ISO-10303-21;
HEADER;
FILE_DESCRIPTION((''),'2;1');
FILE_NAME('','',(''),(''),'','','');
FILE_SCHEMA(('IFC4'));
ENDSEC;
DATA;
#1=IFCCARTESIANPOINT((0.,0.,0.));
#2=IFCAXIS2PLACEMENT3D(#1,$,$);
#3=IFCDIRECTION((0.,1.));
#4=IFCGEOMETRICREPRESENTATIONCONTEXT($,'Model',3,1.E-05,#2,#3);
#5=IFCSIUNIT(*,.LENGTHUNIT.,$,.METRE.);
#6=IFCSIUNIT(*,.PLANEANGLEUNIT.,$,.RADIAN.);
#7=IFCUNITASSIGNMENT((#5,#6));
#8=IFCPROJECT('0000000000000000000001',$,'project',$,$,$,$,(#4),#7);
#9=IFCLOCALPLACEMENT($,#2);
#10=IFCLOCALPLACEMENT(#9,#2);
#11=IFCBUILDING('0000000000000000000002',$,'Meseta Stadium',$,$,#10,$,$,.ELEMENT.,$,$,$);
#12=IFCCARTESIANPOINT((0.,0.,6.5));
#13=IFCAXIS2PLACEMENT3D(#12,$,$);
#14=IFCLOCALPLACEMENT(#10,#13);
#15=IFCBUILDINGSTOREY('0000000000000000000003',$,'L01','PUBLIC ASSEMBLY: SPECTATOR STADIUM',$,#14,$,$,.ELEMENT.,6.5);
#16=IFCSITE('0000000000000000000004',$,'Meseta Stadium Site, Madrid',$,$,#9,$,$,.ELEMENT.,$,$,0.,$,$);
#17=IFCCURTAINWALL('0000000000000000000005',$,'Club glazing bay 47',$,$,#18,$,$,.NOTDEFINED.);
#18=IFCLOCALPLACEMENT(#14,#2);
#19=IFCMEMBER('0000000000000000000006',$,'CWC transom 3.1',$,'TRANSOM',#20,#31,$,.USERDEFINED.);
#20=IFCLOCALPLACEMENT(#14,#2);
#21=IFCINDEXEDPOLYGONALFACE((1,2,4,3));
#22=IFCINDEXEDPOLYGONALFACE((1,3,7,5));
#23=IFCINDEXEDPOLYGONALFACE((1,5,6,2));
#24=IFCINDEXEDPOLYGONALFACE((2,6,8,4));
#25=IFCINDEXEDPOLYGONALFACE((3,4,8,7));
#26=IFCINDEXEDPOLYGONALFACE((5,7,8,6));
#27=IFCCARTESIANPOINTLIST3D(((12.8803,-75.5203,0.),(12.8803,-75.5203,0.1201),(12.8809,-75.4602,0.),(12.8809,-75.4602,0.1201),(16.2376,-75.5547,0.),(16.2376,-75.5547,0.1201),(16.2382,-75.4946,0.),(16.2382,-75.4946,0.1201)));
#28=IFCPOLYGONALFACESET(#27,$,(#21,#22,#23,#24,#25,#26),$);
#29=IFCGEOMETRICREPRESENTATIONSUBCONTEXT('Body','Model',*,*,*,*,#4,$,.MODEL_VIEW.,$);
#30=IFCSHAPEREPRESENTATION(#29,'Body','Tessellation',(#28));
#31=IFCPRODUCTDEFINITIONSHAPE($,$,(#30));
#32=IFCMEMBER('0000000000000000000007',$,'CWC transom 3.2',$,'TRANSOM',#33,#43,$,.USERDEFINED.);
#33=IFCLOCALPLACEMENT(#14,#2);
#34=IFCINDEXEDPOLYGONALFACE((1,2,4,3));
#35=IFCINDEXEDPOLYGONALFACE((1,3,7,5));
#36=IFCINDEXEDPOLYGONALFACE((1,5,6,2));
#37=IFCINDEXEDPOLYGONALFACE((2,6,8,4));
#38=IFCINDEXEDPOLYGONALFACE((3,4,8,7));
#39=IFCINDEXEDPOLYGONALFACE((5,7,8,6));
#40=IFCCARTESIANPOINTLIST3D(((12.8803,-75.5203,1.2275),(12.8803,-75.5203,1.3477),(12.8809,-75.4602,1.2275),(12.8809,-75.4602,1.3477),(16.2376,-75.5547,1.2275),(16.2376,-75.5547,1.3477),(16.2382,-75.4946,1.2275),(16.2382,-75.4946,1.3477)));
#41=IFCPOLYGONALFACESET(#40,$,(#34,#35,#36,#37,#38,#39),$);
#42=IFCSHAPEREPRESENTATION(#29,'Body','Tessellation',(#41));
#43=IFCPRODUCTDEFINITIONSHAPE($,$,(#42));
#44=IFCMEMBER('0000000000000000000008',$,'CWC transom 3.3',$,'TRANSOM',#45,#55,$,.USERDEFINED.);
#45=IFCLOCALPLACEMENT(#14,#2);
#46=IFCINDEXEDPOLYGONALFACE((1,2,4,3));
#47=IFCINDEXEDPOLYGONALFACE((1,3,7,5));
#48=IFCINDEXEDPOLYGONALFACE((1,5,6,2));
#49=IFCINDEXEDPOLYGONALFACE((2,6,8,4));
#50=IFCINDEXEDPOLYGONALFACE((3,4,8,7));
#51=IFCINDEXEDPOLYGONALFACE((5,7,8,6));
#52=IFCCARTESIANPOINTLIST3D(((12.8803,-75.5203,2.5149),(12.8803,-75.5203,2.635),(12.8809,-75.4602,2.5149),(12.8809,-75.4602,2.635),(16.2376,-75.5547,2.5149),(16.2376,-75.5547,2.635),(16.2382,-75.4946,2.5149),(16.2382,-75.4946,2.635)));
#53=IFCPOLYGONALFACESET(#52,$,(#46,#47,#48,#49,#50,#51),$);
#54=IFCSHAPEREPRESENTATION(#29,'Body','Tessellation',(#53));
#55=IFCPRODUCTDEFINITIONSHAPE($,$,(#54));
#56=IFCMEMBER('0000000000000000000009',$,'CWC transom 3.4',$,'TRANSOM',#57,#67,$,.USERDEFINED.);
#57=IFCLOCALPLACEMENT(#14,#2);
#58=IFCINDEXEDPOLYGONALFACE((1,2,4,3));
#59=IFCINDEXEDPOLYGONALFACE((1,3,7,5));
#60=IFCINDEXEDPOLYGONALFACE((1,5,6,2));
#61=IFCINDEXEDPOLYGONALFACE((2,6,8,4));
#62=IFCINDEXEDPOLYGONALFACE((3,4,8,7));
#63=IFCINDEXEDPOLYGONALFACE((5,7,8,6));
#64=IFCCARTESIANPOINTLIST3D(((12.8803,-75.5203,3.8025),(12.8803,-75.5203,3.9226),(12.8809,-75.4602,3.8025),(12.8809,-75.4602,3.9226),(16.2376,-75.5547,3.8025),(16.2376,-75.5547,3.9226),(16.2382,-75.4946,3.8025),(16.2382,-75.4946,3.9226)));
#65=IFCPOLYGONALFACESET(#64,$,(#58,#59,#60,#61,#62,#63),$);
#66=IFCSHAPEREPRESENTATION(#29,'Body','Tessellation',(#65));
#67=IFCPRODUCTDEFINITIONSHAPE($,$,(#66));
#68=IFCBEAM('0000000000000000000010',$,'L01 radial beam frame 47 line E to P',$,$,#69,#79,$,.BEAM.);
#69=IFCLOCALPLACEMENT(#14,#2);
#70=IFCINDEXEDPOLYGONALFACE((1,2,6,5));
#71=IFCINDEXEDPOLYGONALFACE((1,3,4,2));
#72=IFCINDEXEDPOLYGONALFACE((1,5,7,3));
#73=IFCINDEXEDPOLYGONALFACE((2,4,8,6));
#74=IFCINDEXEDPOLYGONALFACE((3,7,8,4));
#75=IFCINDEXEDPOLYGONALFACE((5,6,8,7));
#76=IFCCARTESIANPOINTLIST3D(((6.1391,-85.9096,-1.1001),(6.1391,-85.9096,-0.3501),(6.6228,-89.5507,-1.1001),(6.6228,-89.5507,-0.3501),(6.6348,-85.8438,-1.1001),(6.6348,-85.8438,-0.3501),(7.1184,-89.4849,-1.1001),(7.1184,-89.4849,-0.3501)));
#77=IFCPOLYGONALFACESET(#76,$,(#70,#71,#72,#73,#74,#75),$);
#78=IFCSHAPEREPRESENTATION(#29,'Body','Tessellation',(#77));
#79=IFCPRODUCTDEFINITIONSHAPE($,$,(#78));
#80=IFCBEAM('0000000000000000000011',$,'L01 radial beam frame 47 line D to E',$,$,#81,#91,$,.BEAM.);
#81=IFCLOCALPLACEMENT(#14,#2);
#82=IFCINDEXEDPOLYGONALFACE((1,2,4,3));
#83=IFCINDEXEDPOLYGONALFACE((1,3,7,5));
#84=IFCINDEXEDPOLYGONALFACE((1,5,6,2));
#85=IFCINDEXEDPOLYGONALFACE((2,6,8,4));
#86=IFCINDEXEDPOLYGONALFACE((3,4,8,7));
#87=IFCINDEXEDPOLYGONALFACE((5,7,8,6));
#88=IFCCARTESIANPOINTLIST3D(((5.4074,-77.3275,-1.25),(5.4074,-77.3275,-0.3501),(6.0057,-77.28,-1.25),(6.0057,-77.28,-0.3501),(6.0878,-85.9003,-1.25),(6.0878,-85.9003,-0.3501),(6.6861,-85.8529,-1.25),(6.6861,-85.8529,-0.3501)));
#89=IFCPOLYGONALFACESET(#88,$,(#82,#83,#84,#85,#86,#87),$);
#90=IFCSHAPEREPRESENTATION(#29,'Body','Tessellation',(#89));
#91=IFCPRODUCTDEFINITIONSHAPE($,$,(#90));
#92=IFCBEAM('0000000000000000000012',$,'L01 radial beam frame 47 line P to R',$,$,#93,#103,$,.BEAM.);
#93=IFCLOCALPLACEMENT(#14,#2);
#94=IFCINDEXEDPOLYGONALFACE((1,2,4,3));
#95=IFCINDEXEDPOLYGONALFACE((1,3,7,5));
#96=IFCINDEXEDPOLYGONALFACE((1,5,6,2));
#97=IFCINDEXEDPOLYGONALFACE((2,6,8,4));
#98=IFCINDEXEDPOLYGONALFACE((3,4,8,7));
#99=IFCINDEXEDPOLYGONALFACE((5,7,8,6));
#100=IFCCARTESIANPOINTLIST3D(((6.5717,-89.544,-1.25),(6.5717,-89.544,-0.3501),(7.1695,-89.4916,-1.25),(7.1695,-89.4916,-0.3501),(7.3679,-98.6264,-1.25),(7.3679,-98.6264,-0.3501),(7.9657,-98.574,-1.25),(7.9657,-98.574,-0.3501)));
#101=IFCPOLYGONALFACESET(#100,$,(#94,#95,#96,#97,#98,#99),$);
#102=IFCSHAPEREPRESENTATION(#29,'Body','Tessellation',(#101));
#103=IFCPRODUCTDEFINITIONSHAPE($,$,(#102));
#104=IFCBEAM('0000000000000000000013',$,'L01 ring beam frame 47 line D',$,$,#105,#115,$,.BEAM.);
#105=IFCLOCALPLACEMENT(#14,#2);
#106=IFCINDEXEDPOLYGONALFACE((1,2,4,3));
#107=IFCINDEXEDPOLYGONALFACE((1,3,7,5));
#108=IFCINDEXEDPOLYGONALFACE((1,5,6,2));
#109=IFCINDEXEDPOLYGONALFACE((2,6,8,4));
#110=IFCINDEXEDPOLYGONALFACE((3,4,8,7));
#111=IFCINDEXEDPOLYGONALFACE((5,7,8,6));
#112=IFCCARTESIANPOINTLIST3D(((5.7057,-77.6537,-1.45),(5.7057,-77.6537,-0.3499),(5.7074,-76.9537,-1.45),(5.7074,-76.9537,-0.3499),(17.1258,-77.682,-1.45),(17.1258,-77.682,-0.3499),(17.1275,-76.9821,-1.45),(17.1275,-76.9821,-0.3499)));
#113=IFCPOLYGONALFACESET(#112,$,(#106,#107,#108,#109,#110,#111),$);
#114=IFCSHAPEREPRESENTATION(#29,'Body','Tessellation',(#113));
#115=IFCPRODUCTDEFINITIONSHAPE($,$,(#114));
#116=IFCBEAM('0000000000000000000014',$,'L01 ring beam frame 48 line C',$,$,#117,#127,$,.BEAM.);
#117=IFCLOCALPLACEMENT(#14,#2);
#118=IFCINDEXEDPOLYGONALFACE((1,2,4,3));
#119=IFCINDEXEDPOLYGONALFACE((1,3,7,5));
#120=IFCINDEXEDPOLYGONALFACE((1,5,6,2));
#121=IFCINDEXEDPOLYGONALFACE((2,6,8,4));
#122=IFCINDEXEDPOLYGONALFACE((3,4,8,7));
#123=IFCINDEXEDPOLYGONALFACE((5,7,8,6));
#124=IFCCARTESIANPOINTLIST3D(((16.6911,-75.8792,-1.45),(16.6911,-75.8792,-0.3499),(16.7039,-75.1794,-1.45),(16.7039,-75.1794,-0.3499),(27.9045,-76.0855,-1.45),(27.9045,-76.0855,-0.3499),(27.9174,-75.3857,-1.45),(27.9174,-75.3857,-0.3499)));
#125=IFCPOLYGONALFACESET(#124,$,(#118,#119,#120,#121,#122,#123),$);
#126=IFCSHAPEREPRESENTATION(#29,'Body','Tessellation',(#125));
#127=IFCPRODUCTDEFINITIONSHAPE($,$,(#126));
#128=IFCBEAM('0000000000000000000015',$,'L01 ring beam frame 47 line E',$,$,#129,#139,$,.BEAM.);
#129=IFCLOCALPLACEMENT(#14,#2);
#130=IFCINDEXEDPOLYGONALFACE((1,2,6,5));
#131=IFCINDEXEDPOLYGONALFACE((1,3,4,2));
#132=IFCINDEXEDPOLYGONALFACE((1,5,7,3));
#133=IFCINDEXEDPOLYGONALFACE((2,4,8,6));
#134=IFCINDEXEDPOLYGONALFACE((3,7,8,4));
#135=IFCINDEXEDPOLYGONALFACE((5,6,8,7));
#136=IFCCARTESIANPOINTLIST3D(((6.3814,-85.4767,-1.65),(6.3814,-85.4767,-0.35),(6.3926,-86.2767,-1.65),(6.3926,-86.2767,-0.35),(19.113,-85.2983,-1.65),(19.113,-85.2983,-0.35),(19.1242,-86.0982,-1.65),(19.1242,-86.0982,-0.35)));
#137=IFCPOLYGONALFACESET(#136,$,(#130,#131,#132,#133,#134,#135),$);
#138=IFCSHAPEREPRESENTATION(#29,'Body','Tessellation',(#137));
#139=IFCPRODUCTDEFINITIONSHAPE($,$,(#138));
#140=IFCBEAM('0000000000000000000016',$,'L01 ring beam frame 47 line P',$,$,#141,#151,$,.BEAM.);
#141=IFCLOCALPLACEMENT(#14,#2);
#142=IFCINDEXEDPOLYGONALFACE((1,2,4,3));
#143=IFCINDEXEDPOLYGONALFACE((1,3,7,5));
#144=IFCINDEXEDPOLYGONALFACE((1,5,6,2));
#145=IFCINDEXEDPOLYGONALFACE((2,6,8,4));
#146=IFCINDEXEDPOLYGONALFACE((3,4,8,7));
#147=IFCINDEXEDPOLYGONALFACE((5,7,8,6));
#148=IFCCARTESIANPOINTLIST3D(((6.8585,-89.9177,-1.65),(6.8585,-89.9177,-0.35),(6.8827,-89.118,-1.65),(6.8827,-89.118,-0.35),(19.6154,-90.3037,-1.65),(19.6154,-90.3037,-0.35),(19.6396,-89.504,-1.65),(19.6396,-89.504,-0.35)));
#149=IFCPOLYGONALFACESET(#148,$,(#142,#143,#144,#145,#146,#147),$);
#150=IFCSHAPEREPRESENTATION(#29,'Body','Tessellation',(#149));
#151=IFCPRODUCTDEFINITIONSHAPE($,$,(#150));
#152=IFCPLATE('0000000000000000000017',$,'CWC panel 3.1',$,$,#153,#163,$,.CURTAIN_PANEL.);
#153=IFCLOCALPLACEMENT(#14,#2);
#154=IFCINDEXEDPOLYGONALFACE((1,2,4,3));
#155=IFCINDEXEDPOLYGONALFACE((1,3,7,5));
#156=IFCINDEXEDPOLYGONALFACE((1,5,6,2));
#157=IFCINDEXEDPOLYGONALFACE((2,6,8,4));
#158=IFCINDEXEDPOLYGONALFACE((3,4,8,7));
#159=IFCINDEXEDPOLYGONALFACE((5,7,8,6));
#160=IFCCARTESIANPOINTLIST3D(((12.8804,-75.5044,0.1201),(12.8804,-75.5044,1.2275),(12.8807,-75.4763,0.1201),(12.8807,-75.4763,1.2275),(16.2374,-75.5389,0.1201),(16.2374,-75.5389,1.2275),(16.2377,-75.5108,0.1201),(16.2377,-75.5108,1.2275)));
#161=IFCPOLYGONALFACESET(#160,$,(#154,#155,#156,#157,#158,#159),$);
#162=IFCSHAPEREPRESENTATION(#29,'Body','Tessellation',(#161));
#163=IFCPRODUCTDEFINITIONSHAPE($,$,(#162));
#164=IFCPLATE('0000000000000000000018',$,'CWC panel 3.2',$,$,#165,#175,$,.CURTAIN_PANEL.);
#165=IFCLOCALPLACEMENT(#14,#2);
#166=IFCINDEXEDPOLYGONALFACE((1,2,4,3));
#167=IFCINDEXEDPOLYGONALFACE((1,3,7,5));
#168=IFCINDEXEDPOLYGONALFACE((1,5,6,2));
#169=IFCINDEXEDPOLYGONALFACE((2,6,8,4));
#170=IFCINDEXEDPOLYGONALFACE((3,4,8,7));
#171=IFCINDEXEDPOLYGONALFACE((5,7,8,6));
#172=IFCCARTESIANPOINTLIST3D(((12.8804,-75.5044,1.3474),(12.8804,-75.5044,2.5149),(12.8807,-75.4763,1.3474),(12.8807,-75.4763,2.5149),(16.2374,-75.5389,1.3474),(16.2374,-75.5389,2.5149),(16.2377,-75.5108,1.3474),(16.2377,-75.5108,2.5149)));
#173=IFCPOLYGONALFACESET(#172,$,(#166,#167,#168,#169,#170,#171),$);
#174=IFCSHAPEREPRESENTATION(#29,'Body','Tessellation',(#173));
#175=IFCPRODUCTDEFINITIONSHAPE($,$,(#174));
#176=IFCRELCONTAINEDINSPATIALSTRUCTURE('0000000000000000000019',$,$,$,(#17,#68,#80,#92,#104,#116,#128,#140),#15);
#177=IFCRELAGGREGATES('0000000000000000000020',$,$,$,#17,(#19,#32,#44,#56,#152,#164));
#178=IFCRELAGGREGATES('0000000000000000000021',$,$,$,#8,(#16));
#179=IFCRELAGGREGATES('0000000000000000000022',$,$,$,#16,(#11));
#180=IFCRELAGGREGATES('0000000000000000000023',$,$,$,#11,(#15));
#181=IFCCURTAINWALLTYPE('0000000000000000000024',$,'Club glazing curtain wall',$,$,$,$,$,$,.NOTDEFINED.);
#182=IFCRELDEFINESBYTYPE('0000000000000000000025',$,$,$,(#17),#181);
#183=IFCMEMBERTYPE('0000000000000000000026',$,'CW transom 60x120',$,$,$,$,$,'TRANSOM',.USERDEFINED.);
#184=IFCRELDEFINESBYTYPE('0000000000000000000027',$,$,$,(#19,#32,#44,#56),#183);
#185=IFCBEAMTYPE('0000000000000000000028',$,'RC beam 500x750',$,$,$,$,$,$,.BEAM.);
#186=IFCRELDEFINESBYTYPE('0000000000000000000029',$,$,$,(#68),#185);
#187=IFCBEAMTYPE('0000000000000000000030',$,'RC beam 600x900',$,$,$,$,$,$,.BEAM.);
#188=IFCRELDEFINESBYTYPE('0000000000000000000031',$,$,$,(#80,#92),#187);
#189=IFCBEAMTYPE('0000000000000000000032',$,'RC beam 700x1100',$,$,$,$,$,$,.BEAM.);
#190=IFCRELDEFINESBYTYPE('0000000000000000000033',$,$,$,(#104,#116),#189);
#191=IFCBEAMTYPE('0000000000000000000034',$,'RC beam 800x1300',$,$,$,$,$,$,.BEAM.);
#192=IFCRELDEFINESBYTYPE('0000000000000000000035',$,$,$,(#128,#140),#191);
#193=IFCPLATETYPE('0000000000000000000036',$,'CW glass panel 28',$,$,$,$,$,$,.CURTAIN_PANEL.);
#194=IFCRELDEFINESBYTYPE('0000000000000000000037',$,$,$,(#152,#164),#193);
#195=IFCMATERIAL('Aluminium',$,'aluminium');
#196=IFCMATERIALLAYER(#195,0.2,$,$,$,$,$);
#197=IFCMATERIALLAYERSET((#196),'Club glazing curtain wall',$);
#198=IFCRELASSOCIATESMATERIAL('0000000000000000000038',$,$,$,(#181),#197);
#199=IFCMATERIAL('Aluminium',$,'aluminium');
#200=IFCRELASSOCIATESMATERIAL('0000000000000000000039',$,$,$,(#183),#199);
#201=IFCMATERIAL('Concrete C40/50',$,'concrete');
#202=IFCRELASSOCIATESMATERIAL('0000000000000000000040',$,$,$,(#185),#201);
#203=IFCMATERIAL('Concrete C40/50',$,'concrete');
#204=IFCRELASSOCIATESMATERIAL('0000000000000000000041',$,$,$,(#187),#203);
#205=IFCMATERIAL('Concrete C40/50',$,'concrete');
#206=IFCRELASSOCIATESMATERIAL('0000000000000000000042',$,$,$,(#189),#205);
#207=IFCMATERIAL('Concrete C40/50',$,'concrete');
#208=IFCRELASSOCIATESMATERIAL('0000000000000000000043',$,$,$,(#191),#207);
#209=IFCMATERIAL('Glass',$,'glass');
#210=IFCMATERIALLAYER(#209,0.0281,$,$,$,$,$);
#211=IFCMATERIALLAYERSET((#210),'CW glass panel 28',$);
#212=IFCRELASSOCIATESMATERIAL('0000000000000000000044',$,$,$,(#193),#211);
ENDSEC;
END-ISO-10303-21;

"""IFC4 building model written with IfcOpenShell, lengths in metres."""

from ifc_helpers import new_model, si_unit, direction, frame, origin, origin_2d, place, context, subcontext, project, spatial, rectangle, extrude, material, layer, layer_set, material_profile, profile_set, type_object, element, aggregate, save


model = new_model("IFC4")

# Units and contexts
model_context = context("Model", 3, precision=1e-05, world=origin(), true_north=direction((0.0, 1.0)))
body_context = subcontext(model_context, "Body", "Model", "MODEL_VIEW")
ifc_project = project(units=[si_unit("LENGTHUNIT", "METRE"), si_unit("PLANEANGLEUNIT", "RADIAN")], contexts=[model_context])

# Site, building, storey
site_placement = place(None, origin())
site = spatial("IfcSite", under=ifc_project, at=site_placement, Name="Meseta Stadium Site, Madrid", CompositionType="ELEMENT", RefElevation=0.0)
building_placement = place(site_placement, origin())
building = spatial("IfcBuilding", under=site, at=building_placement, Name="Meseta Stadium", CompositionType="ELEMENT")
storey_placement = place(building_placement, frame((0.0, 0.0, 6.5)))
storey = spatial("IfcBuildingStorey", under=building, at=storey_placement, Name="L01", Description="PUBLIC ASSEMBLY: SPECTATOR STADIUM", CompositionType="ELEMENT", Elevation=6.5)

# Curtain wall, members
ifc_material_1 = material(Name="Aluminium", Category="aluminium")
ifc_layer_1 = layer(ifc_material_1, 0.2)
ifc_layer_set_1 = layer_set([ifc_layer_1], Name="Club glazing curtain wall")
curtain_wall_type = type_object("IfcCurtainWallType", Name="Club glazing curtain wall", PredefinedType="NOTDEFINED", material=ifc_layer_set_1)
curtain_wall_placement = place(storey_placement, origin())
curtain_wall = element("IfcCurtainWall", 1, at=curtain_wall_placement, inside=storey, type_object=curtain_wall_type, Name="Club glazing bay 47", PredefinedType="NOTDEFINED")
ifc_material_2 = material(Name="Aluminium", Category="aluminium")
ifc_material_profile_1 = material_profile(ifc_material_2, rectangle(XDim=0.0601, YDim=0.1201, at=origin_2d()), Name="CW 60x120")
ifc_profile_set_1 = profile_set([ifc_material_profile_1], Name="Aluminium")
member_type_1 = type_object("IfcMemberType", Name="CW transom 60x120", ElementType="TRANSOM", PredefinedType="USERDEFINED", material=ifc_profile_set_1)
member_1_placement = place(storey_placement, frame((12.8806, -75.4902, 0.0601), z_axis=(0.999947, -0.010253, 0.0), x_axis=(0.010253, 0.999947, 0.0)))
member_1 = element("IfcMember", 2, at=member_1_placement, type_object=member_type_1, Name="CWC transom 3.1", ObjectType="TRANSOM", PredefinedType="USERDEFINED", context=body_context, shape_type="SweptSolid", body=[
    extrude(rectangle(XDim=0.0601, YDim=0.1201, at=origin_2d()), origin(), (0.0, 0.0, 1.0), 3.3574),
])
member_2_placement = place(storey_placement, frame((12.8806, -75.4902, 1.2876), z_axis=(0.999947, -0.010253, 0.0), x_axis=(0.010253, 0.999947, 0.0)))
member_2 = element("IfcMember", 3, at=member_2_placement, type_object=member_type_1, Name="CWC transom 3.2", ObjectType="TRANSOM", PredefinedType="USERDEFINED", context=body_context, shape_type="SweptSolid", body=[
    extrude(rectangle(XDim=0.0601, YDim=0.1201, at=origin_2d()), origin(), (0.0, 0.0, 1.0), 3.3574),
])
member_3_placement = place(storey_placement, frame((12.8806, -75.4902, 2.575), z_axis=(0.999947, -0.010253, 0.0), x_axis=(0.010253, 0.999947, 0.0)))
member_3 = element("IfcMember", 4, at=member_3_placement, type_object=member_type_1, Name="CWC transom 3.3", ObjectType="TRANSOM", PredefinedType="USERDEFINED", context=body_context, shape_type="SweptSolid", body=[
    extrude(rectangle(XDim=0.0601, YDim=0.1201, at=origin_2d()), origin(), (0.0, 0.0, 1.0), 3.3574),
])
member_4_placement = place(storey_placement, frame((12.8806, -75.4902, 3.8625), z_axis=(0.999947, -0.010253, 0.0), x_axis=(0.010253, 0.999947, 0.0)))
member_4 = element("IfcMember", 5, at=member_4_placement, type_object=member_type_1, Name="CWC transom 3.4", ObjectType="TRANSOM", PredefinedType="USERDEFINED", context=body_context, shape_type="SweptSolid", body=[
    extrude(rectangle(XDim=0.0601, YDim=0.1201, at=origin_2d()), origin(), (0.0, 0.0, 1.0), 3.3574),
])

# Beams
ifc_material_3 = material(Name="Concrete C40/50", Category="concrete")
ifc_material_profile_2 = material_profile(ifc_material_3, rectangle(XDim=0.5, YDim=0.75, at=origin_2d()), Name="RC 500x750")
ifc_profile_set_2 = profile_set([ifc_material_profile_2], Name="Concrete C40/50")
beam_type_1 = type_object("IfcBeamType", Name="RC beam 500x750", PredefinedType="BEAM", material=ifc_profile_set_2)
beam_1_placement = place(storey_placement, frame((6.387, -85.8767, -0.7251), z_axis=(0.131672, -0.991293, 0.0), x_axis=(0.991293, 0.131672, 0.0)))
element("IfcBeam", 6, at=beam_1_placement, inside=storey, type_object=beam_type_1, Name="L01 radial beam frame 47 line E to P", PredefinedType="BEAM", context=body_context, shape_type="SweptSolid", body=[
    extrude(rectangle(XDim=0.5, YDim=0.75, at=origin_2d()), origin(), (0.0, 0.0, 1.0), 3.6731),
])
ifc_material_4 = material(Name="Concrete C40/50", Category="concrete")
ifc_material_profile_3 = material_profile(ifc_material_4, rectangle(XDim=0.6001, YDim=0.8999, at=origin_2d()), Name="RC 600x900")
ifc_profile_set_3 = profile_set([ifc_material_profile_3], Name="Concrete C40/50")
beam_type_2 = type_object("IfcBeamType", Name="RC beam 600x900", PredefinedType="BEAM", material=ifc_profile_set_3)
beam_2_placement = place(storey_placement, frame((5.7065, -77.3037, -0.8), z_axis=(0.079119, -0.996865, 0.0), x_axis=(0.996865, 0.079119, 0.0)))
element("IfcBeam", 7, at=beam_2_placement, inside=storey, type_object=beam_type_2, Name="L01 radial beam frame 47 line D to E", PredefinedType="BEAM", context=body_context, shape_type="SweptSolid", body=[
    extrude(rectangle(XDim=0.6001, YDim=0.8999, at=origin_2d()), origin(), (0.0, 0.0, 1.0), 8.5999),
])
beam_3_placement = place(storey_placement, frame((6.8706, -89.5178, -0.8), z_axis=(0.087324, -0.99618, 0.0), x_axis=(0.99618, 0.087324, 0.0)))
element("IfcBeam", 8, at=beam_3_placement, inside=storey, type_object=beam_type_2, Name="L01 radial beam frame 47 line P to R", PredefinedType="BEAM", context=body_context, shape_type="SweptSolid", body=[
    extrude(rectangle(XDim=0.6001, YDim=0.8999, at=origin_2d()), origin(), (0.0, 0.0, 1.0), 9.1172),
])
ifc_material_5 = material(Name="Concrete C40/50", Category="concrete")
ifc_material_profile_4 = material_profile(ifc_material_5, rectangle(XDim=0.7, YDim=1.1001, at=origin_2d()), Name="RC 700x1100")
ifc_profile_set_4 = profile_set([ifc_material_profile_4], Name="Concrete C40/50")
beam_type_3 = type_object("IfcBeamType", Name="RC beam 700x1100", PredefinedType="BEAM", material=ifc_profile_set_4)
beam_4_placement = place(storey_placement, frame((5.7065, -77.3037, -0.8999), z_axis=(0.999997, -0.00248, 0.0), x_axis=(0.00248, 0.999997, 0.0)))
element("IfcBeam", 9, at=beam_4_placement, inside=storey, type_object=beam_type_3, Name="L01 ring beam frame 47 line D", PredefinedType="BEAM", context=body_context, shape_type="SweptSolid", body=[
    extrude(rectangle(XDim=0.7, YDim=1.1001, at=origin_2d()), origin(), (0.0, 0.0, 1.0), 11.4202),
])
beam_5_placement = place(storey_placement, frame((16.6975, -75.5293, -0.8999), z_axis=(0.999831, -0.018394, 0.0), x_axis=(0.018394, 0.999831, 0.0)))
element("IfcBeam", 10, at=beam_5_placement, inside=storey, type_object=beam_type_3, Name="L01 ring beam frame 48 line C", PredefinedType="BEAM", context=body_context, shape_type="SweptSolid", body=[
    extrude(rectangle(XDim=0.7, YDim=1.1001, at=origin_2d()), origin(), (0.0, 0.0, 1.0), 11.2153),
])
ifc_material_6 = material(Name="Concrete C40/50", Category="concrete")
ifc_material_profile_5 = material_profile(ifc_material_6, rectangle(XDim=0.8, YDim=1.3, at=origin_2d()), Name="RC 800x1300")
ifc_profile_set_5 = profile_set([ifc_material_profile_5], Name="Concrete C40/50")
beam_type_4 = type_object("IfcBeamType", Name="RC beam 800x1300", PredefinedType="BEAM", material=ifc_profile_set_5)
beam_6_placement = place(storey_placement, frame((6.387, -85.8767, -1.0), z_axis=(0.999902, 0.014016, 0.0), x_axis=(-0.014016, 0.999902, 0.0)))
element("IfcBeam", 11, at=beam_6_placement, inside=storey, type_object=beam_type_4, Name="L01 ring beam frame 47 line E", PredefinedType="BEAM", context=body_context, shape_type="SweptSolid", body=[
    extrude(rectangle(XDim=0.8, YDim=1.3, at=origin_2d()), origin(), (0.0, 0.0, 1.0), 12.7329),
])
beam_7_placement = place(storey_placement, frame((6.8706, -89.5178, -1.0), z_axis=(0.999543, -0.030243, 0.0), x_axis=(0.030243, 0.999543, 0.0)))
element("IfcBeam", 12, at=beam_7_placement, inside=storey, type_object=beam_type_4, Name="L01 ring beam frame 47 line P", PredefinedType="BEAM", context=body_context, shape_type="SweptSolid", body=[
    extrude(rectangle(XDim=0.8, YDim=1.3, at=origin_2d()), origin(), (0.0, 0.0, 1.0), 12.7627),
])

# Plates
ifc_material_7 = material(Name="Glass", Category="glass")
ifc_layer_2 = layer(ifc_material_7, 0.0281)
ifc_layer_set_2 = layer_set([ifc_layer_2], Name="CW glass panel 28")
plate_type = type_object("IfcPlateType", Name="CW glass panel 28", PredefinedType="CURTAIN_PANEL", material=ifc_layer_set_2)
plate_1_placement = place(storey_placement, frame((14.5591, -75.5076, 0.1201), z_axis=(0.0, 0.0, 1.0), x_axis=(0.999947, -0.010279, 0.0)))
plate_1 = element("IfcPlate", 13, at=plate_1_placement, type_object=plate_type, Name="CWC panel 3.1", PredefinedType="CURTAIN_PANEL", context=body_context, shape_type="SweptSolid", body=[
    extrude(rectangle(XDim=3.3572, YDim=0.0281, at=origin_2d()), origin(), (0.0, 0.0, 1.0), 1.1074),
])
plate_2_placement = place(storey_placement, frame((14.5591, -75.5076, 1.3474), z_axis=(0.0, 0.0, 1.0), x_axis=(0.999947, -0.010279, 0.0)))
plate_2 = element("IfcPlate", 14, at=plate_2_placement, type_object=plate_type, Name="CWC panel 3.2", PredefinedType="CURTAIN_PANEL", context=body_context, shape_type="SweptSolid", body=[
    extrude(rectangle(XDim=3.3572, YDim=0.0281, at=origin_2d()), origin(), (0.0, 0.0, 1.0), 1.1675),
])
aggregate(curtain_wall, [member_1, member_2, member_3, member_4, plate_1, plate_2])

save(model, "model.ifc")
